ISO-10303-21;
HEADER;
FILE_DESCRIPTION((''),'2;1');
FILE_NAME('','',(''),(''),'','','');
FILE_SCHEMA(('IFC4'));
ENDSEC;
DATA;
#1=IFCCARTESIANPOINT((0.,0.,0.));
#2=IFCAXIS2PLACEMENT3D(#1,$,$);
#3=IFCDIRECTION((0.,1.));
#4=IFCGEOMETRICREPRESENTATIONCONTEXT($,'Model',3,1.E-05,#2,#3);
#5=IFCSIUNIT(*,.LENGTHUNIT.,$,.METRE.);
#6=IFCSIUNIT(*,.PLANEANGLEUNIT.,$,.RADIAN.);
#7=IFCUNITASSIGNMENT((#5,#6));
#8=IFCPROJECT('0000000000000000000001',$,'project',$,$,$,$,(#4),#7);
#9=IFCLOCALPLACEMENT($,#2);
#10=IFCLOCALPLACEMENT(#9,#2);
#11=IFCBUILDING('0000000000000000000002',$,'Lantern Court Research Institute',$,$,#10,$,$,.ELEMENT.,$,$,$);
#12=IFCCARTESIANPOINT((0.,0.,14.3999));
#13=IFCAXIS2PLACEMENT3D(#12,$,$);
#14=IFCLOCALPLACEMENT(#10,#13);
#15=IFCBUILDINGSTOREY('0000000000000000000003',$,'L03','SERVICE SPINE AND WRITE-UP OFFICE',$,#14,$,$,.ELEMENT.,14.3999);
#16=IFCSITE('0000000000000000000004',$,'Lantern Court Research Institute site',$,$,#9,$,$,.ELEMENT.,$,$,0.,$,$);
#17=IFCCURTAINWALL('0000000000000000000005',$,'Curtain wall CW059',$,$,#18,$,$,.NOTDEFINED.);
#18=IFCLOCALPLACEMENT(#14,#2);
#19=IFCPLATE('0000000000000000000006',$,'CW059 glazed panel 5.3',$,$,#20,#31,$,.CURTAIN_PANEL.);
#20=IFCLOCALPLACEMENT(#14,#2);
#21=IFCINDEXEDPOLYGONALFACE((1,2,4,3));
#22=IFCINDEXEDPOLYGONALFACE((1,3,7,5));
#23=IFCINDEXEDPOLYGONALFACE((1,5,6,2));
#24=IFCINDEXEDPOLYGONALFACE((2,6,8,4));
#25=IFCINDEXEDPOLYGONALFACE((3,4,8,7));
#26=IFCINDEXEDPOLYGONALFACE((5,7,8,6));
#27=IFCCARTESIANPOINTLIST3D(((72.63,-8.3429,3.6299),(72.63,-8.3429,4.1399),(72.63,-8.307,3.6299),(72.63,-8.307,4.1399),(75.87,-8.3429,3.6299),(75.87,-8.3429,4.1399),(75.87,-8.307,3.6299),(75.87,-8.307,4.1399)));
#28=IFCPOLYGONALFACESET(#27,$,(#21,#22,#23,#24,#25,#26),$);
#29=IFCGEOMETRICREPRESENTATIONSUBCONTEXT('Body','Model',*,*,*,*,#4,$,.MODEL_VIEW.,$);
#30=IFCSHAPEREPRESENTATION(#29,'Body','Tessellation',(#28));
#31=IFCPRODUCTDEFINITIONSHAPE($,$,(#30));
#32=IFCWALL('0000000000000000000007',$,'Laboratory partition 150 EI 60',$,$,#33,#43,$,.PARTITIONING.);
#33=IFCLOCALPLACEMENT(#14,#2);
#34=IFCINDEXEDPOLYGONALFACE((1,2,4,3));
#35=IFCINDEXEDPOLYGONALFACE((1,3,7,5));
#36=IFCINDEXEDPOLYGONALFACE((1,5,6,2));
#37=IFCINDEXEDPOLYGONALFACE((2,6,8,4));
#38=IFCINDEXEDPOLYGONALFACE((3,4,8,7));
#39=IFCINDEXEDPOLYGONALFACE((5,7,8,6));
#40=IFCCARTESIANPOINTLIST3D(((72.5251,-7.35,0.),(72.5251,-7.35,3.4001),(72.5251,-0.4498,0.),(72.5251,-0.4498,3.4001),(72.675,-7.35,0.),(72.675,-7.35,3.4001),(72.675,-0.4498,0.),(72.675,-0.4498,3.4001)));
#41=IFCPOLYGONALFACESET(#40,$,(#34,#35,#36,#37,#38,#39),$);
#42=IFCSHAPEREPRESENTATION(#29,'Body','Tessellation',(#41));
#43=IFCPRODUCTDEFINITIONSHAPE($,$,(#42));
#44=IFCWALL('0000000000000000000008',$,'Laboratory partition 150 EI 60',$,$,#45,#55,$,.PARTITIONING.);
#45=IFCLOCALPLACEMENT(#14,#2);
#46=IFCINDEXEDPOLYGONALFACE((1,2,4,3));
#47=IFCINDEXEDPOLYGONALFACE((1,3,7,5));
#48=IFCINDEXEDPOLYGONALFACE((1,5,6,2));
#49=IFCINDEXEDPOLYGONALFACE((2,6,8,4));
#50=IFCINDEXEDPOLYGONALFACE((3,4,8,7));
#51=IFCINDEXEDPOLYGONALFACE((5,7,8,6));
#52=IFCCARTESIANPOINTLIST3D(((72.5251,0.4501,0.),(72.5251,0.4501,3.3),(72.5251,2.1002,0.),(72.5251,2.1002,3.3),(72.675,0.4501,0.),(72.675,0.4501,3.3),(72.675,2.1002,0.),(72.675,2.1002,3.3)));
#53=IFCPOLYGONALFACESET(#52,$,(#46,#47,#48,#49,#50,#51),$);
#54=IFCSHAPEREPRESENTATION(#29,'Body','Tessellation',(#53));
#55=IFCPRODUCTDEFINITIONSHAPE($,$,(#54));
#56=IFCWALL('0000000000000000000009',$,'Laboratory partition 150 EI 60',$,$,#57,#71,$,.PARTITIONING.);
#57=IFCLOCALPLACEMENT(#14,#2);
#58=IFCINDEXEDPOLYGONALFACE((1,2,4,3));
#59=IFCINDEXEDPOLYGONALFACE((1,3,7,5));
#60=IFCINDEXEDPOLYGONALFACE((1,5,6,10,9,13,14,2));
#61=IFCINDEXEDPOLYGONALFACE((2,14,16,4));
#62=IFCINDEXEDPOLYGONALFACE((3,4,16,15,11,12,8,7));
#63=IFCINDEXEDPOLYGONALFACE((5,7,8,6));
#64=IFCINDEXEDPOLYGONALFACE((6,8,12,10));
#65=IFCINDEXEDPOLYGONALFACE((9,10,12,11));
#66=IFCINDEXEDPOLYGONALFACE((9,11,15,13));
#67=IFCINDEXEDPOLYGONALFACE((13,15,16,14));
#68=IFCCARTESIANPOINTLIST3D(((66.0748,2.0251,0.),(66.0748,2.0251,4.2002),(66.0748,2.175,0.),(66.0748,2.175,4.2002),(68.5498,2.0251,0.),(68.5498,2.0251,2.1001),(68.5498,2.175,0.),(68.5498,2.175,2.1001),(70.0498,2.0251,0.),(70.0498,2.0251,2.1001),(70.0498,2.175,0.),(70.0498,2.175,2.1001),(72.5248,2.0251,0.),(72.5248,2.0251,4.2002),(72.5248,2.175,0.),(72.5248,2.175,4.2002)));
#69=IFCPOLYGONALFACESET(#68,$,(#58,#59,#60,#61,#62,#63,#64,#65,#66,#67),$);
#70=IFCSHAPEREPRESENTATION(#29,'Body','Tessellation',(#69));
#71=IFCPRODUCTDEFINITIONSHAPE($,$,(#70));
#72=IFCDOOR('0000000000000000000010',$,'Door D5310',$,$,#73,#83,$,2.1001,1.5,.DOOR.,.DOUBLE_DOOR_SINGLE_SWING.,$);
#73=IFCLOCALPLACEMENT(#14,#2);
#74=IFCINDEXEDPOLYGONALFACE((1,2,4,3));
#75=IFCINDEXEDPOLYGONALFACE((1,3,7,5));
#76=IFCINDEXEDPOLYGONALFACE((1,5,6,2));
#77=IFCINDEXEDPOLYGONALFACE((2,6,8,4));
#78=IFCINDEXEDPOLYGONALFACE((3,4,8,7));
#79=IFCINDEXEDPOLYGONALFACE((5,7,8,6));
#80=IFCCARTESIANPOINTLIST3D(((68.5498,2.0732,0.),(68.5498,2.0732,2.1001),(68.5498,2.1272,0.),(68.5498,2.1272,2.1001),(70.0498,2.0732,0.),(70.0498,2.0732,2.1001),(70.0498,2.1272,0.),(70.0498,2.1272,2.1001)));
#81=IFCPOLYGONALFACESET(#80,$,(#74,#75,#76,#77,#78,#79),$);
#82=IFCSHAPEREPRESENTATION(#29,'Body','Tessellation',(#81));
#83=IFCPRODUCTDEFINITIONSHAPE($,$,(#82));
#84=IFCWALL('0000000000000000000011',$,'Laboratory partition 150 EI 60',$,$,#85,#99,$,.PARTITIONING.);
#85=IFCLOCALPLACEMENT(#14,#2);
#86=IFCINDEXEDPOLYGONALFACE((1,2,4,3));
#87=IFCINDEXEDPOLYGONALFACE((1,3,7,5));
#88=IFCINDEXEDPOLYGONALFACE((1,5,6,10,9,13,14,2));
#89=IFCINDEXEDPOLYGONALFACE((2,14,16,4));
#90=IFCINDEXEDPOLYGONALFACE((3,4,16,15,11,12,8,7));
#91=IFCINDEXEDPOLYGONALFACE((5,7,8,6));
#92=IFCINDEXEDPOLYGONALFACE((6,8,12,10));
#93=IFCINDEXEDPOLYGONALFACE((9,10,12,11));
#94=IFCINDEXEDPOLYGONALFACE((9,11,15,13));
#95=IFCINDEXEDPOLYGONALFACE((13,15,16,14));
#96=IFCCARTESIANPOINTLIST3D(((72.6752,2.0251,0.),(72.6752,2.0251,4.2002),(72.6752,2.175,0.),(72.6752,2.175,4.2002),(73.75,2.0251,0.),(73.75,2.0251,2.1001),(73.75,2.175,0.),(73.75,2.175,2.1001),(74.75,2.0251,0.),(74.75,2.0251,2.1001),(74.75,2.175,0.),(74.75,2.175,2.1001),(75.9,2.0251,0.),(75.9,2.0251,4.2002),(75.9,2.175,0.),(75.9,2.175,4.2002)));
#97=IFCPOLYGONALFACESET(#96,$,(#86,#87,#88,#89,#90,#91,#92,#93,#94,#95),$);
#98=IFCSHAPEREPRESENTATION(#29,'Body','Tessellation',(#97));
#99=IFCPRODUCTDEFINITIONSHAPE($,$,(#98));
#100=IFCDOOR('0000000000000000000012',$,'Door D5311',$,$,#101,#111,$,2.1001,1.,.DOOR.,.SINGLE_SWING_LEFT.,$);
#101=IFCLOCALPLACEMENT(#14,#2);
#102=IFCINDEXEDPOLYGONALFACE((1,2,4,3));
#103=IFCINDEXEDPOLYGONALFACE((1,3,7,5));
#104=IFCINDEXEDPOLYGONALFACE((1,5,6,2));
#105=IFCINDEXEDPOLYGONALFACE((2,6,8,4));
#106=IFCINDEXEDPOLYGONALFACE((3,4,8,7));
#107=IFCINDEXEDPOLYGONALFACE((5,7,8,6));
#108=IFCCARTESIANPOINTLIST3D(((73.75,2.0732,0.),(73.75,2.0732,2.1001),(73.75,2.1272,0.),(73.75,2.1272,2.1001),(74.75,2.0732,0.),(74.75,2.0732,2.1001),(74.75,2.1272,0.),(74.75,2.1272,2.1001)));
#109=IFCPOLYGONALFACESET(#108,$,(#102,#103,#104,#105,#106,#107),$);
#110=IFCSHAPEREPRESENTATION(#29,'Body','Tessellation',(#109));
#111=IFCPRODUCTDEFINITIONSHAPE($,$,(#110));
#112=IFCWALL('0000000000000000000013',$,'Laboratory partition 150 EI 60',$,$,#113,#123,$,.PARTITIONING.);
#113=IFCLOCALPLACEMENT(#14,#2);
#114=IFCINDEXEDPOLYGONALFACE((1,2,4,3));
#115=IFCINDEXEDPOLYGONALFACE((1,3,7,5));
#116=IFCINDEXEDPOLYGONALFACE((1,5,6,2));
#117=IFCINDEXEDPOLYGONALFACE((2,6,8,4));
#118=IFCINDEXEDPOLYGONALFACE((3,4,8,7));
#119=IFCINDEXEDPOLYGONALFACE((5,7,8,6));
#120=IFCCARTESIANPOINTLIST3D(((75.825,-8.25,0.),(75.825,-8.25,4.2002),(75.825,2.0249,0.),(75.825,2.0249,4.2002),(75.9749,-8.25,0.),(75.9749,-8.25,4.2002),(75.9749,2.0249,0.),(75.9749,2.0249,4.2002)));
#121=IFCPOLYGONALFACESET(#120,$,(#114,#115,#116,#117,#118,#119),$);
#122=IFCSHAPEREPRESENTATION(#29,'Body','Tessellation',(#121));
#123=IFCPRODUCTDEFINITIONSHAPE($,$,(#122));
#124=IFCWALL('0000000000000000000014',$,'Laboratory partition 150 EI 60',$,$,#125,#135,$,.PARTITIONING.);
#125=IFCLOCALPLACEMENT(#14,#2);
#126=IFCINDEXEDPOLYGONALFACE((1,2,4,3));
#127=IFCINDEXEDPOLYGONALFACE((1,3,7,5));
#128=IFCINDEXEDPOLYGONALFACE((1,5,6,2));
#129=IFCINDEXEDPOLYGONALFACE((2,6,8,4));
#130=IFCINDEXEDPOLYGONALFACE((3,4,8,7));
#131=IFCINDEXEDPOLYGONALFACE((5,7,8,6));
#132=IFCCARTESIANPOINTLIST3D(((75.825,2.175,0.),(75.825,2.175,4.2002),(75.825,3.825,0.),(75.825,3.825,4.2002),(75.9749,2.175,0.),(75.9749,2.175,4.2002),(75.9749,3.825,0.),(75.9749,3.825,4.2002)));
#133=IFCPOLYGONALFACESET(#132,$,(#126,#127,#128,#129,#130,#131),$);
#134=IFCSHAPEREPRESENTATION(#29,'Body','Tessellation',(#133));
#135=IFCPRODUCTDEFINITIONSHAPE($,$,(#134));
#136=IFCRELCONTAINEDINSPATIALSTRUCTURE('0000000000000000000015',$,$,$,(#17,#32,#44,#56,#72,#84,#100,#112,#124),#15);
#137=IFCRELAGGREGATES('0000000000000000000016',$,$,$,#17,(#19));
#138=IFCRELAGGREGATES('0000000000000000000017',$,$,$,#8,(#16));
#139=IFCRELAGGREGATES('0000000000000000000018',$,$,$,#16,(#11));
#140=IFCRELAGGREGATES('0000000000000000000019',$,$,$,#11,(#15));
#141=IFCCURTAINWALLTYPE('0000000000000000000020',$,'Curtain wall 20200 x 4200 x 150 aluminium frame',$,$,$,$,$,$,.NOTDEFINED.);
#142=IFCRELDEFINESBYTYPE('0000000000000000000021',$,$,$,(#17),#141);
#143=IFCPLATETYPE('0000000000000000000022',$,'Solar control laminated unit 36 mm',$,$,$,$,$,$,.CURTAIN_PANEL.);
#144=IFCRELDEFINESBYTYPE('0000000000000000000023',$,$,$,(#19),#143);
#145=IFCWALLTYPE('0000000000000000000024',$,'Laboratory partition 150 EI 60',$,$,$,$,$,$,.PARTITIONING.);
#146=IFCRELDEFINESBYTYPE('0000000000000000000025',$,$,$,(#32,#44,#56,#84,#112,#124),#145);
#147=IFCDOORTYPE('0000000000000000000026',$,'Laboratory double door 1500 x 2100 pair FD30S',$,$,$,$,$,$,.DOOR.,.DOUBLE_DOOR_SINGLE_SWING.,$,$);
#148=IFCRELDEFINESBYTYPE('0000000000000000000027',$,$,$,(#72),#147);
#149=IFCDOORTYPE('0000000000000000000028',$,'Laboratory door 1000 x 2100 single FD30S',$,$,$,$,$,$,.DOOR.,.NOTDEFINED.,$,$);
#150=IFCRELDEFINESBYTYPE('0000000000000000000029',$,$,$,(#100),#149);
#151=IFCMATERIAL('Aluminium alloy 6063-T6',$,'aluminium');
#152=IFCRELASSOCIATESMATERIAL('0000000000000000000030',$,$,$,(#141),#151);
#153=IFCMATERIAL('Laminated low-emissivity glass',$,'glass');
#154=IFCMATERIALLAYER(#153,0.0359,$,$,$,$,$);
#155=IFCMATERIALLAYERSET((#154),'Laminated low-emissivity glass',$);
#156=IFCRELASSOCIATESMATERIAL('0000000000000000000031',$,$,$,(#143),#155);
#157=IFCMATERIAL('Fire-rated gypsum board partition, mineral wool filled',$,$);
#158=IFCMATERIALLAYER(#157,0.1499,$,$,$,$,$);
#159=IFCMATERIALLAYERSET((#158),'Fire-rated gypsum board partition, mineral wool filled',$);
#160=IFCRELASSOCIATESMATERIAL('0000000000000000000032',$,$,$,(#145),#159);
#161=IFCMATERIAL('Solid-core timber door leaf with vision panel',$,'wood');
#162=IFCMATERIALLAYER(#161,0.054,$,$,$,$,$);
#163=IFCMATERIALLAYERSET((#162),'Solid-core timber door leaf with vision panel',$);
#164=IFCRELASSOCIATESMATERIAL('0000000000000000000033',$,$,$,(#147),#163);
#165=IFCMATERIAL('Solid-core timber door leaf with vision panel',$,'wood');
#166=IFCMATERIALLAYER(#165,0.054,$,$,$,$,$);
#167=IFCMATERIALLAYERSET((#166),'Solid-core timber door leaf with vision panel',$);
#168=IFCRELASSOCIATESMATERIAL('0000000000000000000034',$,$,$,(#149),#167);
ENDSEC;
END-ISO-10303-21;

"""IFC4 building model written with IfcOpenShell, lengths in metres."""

from ifc_helpers import new_model, si_unit, direction, frame, frame_2d, origin, origin_2d, place, context, subcontext, project, spatial, rectangle, extrude, material, layer, layer_set, type_object, element, fill, aggregate, save


model = new_model("IFC4")

# Units and contexts
model_context = context("Model", 3, precision=1e-05, world=origin(), true_north=direction((0.0, 1.0)))
body_context = subcontext(model_context, "Body", "Model", "MODEL_VIEW")
ifc_project = project(units=[si_unit("LENGTHUNIT", "METRE"), si_unit("PLANEANGLEUNIT", "RADIAN")], contexts=[model_context])

# Site, building, storey
site_placement = place(None, origin())
site = spatial("IfcSite", under=ifc_project, at=site_placement, Name="Lantern Court Research Institute site", CompositionType="ELEMENT", RefElevation=0.0)
building_placement = place(site_placement, origin())
building = spatial("IfcBuilding", under=site, at=building_placement, Name="Lantern Court Research Institute", CompositionType="ELEMENT")
storey_placement = place(building_placement, frame((0.0, 0.0, 14.3999)))
storey = spatial("IfcBuildingStorey", under=building, at=storey_placement, Name="L03", Description="SERVICE SPINE AND WRITE-UP OFFICE", CompositionType="ELEMENT", Elevation=14.3999)

# Curtain wall
ifc_material_1 = material(Name="Aluminium alloy 6063-T6", Category="aluminium")
curtain_wall_type = type_object("IfcCurtainWallType", Name="Curtain wall 20200 x 4200 x 150 aluminium frame", PredefinedType="NOTDEFINED", material=ifc_material_1)
curtain_wall_placement = place(storey_placement, origin())
curtain_wall = element("IfcCurtainWall", 1, at=curtain_wall_placement, inside=storey, type_object=curtain_wall_type, Name="Curtain wall CW059", PredefinedType="NOTDEFINED")

# Plate
ifc_material_2 = material(Name="Laminated low-emissivity glass", Category="glass")
ifc_layer_1 = layer(ifc_material_2, 0.0359)
ifc_layer_set_1 = layer_set([ifc_layer_1], Name="Laminated low-emissivity glass")
plate_type_1 = type_object("IfcPlateType", Name="Solar control laminated unit 36 mm", PredefinedType="CURTAIN_PANEL", material=ifc_layer_set_1)
plate_1_placement = place(storey_placement, frame((74.25, -8.325, 3.6299), z_axis=(0.0, 0.0, 1.0), x_axis=(-1.0, 0.0, 0.0)))
plate_1 = element("IfcPlate", 2, at=plate_1_placement, type_object=plate_type_1, Name="CW059 glazed panel 5.3", PredefinedType="CURTAIN_PANEL", context=body_context, shape_type="SweptSolid", body=[
    extrude(rectangle(XDim=3.24, YDim=0.0359, at=origin_2d()), origin(), (0.0, 0.0, 1.0), 0.51),
])
aggregate(curtain_wall, [plate_1])

# Walls
ifc_material_3 = material(Name="Fire-rated gypsum board partition, mineral wool filled")
ifc_layer_2 = layer(ifc_material_3, 0.1499)
ifc_layer_set_2 = layer_set([ifc_layer_2], Name="Fire-rated gypsum board partition, mineral wool filled")
wall_type = type_object("IfcWallType", Name="Laboratory partition 150 EI 60", PredefinedType="PARTITIONING", material=ifc_layer_set_2)
wall_1_placement = place(storey_placement, frame((72.6001, -7.3501, 0.0), z_axis=(0.0, 0.0, 1.0), x_axis=(0.0, 1.0, 0.0)))
element("IfcWall", 3, at=wall_1_placement, inside=storey, type_object=wall_type, Name="Laboratory partition 150 EI 60", PredefinedType="PARTITIONING", context=body_context, shape_type="SweptSolid", body=[
    extrude(rectangle(XDim=6.9001, YDim=0.1499, at=frame_2d((3.4502, 0.0))), origin(), (0.0, 0.0, 1.0), 3.4001),
])
wall_2_placement = place(storey_placement, frame((72.6001, 0.45, 0.0), z_axis=(0.0, 0.0, 1.0), x_axis=(0.0, 1.0, 0.0)))
element("IfcWall", 4, at=wall_2_placement, inside=storey, type_object=wall_type, Name="Laboratory partition 150 EI 60", PredefinedType="PARTITIONING", context=body_context, shape_type="SweptSolid", body=[
    extrude(rectangle(XDim=1.6501, YDim=0.1499, at=frame_2d((0.8252, 0.0))), origin(), (0.0, 0.0, 1.0), 3.3),
])

# Walls, openings, doors
wall_3_placement = place(storey_placement, frame((72.5249, 2.1001, 0.0), z_axis=(0.0, 0.0, 1.0), x_axis=(-1.0, 0.0, 0.0)))
wall_3 = element("IfcWall", 5, at=wall_3_placement, inside=storey, type_object=wall_type, Name="Laboratory partition 150 EI 60", PredefinedType="PARTITIONING", context=body_context, shape_type="SweptSolid", body=[
    extrude(rectangle(XDim=6.45, YDim=0.1499, at=frame_2d((3.2251, 0.0))), origin(), (0.0, 0.0, 1.0), 4.2002),
])
opening_1_placement = place(wall_3_placement, frame((2.4751, 0.0, 0.0)))
opening_1 = element("IfcOpeningElement", 6, at=opening_1_placement, cuts=wall_3, PredefinedType="OPENING", context=body_context, shape_type="SweptSolid", body=[
    extrude(rectangle(XDim=1.5, YDim=2.1001, at=frame_2d((0.75, 1.05))), frame((0.0, 0.085, 0.0), z_axis=(0.0, -1.0, 0.0), x_axis=(1.0, 0.0, 0.0)), (0.0, 0.0, 1.0), 0.1699),
])
ifc_material_4 = material(Name="Solid-core timber door leaf with vision panel", Category="wood")
ifc_layer_3 = layer(ifc_material_4, 0.054)
ifc_layer_set_3 = layer_set([ifc_layer_3], Name="Solid-core timber door leaf with vision panel")
door_type_1 = type_object("IfcDoorType", Name="Laboratory double door 1500 x 2100 pair FD30S", OperationType="DOUBLE_DOOR_SINGLE_SWING", PredefinedType="DOOR", material=ifc_layer_set_3)
door_1_placement = place(opening_1_placement, origin())
door_1 = element("IfcDoor", 7, at=door_1_placement, inside=storey, type_object=door_type_1, Name="Door D5310", OperationType="DOUBLE_DOOR_SINGLE_SWING", OverallHeight=2.1001, OverallWidth=1.5, PredefinedType="DOOR", context=body_context, shape_type="SweptSolid", body=[
    extrude(rectangle(XDim=1.5, YDim=2.1001, at=frame_2d((0.75, 1.05))), frame((0.0, 0.0269, 0.0), z_axis=(0.0, -1.0, 0.0), x_axis=(1.0, 0.0, 0.0)), (0.0, 0.0, 1.0), 0.054),
])
fill(opening_1, door_1)
wall_4_placement = place(storey_placement, frame((75.8999, 2.1001, 0.0), z_axis=(0.0, 0.0, 1.0), x_axis=(-1.0, 0.0, 0.0)))
wall_4 = element("IfcWall", 8, at=wall_4_placement, inside=storey, type_object=wall_type, Name="Laboratory partition 150 EI 60", PredefinedType="PARTITIONING", context=body_context, shape_type="SweptSolid", body=[
    extrude(rectangle(XDim=3.2249, YDim=0.1499, at=frame_2d((1.6123, 0.0))), origin(), (0.0, 0.0, 1.0), 4.2002),
])
opening_2_placement = place(wall_4_placement, frame((1.1499, 0.0, 0.0)))
opening_2 = element("IfcOpeningElement", 9, at=opening_2_placement, cuts=wall_4, PredefinedType="OPENING", context=body_context, shape_type="SweptSolid", body=[
    extrude(rectangle(XDim=1.0, YDim=2.1001, at=frame_2d((0.5, 1.05))), frame((0.0, 0.085, 0.0), z_axis=(0.0, -1.0, 0.0), x_axis=(1.0, 0.0, 0.0)), (0.0, 0.0, 1.0), 0.1699),
])
ifc_material_5 = material(Name="Solid-core timber door leaf with vision panel", Category="wood")
ifc_layer_4 = layer(ifc_material_5, 0.054)
ifc_layer_set_4 = layer_set([ifc_layer_4], Name="Solid-core timber door leaf with vision panel")
door_type_2 = type_object("IfcDoorType", Name="Laboratory door 1000 x 2100 single FD30S", OperationType="NOTDEFINED", PredefinedType="DOOR", material=ifc_layer_set_4)
door_2_placement = place(opening_2_placement, origin())
door_2 = element("IfcDoor", 10, at=door_2_placement, inside=storey, type_object=door_type_2, Name="Door D5311", OperationType="SINGLE_SWING_LEFT", OverallHeight=2.1001, OverallWidth=1.0, PredefinedType="DOOR", context=body_context, shape_type="SweptSolid", body=[
    extrude(rectangle(XDim=1.0, YDim=2.1001, at=frame_2d((0.5, 1.05))), frame((0.0, 0.0269, 0.0), z_axis=(0.0, -1.0, 0.0), x_axis=(1.0, 0.0, 0.0)), (0.0, 0.0, 1.0), 0.054),
])
fill(opening_2, door_2)

# Walls
wall_5_placement = place(storey_placement, frame((75.8999, -8.25, 0.0), z_axis=(0.0, 0.0, 1.0), x_axis=(0.0, 1.0, 0.0)))
element("IfcWall", 11, at=wall_5_placement, inside=storey, type_object=wall_type, Name="Laboratory partition 150 EI 60", PredefinedType="PARTITIONING", context=body_context, shape_type="SweptSolid", body=[
    extrude(rectangle(XDim=10.2749, YDim=0.1499, at=frame_2d((5.1375, 0.0))), origin(), (0.0, 0.0, 1.0), 4.2002),
])
wall_6_placement = place(storey_placement, frame((75.8999, 2.175, 0.0), z_axis=(0.0, 0.0, 1.0), x_axis=(0.0, 1.0, 0.0)))
element("IfcWall", 12, at=wall_6_placement, inside=storey, type_object=wall_type, Name="Laboratory partition 150 EI 60", PredefinedType="PARTITIONING", context=body_context, shape_type="SweptSolid", body=[
    extrude(rectangle(XDim=1.6499, YDim=0.1499, at=frame_2d((0.825, 0.0))), origin(), (0.0, 0.0, 1.0), 4.2002),
])

save(model, "model.ifc")
